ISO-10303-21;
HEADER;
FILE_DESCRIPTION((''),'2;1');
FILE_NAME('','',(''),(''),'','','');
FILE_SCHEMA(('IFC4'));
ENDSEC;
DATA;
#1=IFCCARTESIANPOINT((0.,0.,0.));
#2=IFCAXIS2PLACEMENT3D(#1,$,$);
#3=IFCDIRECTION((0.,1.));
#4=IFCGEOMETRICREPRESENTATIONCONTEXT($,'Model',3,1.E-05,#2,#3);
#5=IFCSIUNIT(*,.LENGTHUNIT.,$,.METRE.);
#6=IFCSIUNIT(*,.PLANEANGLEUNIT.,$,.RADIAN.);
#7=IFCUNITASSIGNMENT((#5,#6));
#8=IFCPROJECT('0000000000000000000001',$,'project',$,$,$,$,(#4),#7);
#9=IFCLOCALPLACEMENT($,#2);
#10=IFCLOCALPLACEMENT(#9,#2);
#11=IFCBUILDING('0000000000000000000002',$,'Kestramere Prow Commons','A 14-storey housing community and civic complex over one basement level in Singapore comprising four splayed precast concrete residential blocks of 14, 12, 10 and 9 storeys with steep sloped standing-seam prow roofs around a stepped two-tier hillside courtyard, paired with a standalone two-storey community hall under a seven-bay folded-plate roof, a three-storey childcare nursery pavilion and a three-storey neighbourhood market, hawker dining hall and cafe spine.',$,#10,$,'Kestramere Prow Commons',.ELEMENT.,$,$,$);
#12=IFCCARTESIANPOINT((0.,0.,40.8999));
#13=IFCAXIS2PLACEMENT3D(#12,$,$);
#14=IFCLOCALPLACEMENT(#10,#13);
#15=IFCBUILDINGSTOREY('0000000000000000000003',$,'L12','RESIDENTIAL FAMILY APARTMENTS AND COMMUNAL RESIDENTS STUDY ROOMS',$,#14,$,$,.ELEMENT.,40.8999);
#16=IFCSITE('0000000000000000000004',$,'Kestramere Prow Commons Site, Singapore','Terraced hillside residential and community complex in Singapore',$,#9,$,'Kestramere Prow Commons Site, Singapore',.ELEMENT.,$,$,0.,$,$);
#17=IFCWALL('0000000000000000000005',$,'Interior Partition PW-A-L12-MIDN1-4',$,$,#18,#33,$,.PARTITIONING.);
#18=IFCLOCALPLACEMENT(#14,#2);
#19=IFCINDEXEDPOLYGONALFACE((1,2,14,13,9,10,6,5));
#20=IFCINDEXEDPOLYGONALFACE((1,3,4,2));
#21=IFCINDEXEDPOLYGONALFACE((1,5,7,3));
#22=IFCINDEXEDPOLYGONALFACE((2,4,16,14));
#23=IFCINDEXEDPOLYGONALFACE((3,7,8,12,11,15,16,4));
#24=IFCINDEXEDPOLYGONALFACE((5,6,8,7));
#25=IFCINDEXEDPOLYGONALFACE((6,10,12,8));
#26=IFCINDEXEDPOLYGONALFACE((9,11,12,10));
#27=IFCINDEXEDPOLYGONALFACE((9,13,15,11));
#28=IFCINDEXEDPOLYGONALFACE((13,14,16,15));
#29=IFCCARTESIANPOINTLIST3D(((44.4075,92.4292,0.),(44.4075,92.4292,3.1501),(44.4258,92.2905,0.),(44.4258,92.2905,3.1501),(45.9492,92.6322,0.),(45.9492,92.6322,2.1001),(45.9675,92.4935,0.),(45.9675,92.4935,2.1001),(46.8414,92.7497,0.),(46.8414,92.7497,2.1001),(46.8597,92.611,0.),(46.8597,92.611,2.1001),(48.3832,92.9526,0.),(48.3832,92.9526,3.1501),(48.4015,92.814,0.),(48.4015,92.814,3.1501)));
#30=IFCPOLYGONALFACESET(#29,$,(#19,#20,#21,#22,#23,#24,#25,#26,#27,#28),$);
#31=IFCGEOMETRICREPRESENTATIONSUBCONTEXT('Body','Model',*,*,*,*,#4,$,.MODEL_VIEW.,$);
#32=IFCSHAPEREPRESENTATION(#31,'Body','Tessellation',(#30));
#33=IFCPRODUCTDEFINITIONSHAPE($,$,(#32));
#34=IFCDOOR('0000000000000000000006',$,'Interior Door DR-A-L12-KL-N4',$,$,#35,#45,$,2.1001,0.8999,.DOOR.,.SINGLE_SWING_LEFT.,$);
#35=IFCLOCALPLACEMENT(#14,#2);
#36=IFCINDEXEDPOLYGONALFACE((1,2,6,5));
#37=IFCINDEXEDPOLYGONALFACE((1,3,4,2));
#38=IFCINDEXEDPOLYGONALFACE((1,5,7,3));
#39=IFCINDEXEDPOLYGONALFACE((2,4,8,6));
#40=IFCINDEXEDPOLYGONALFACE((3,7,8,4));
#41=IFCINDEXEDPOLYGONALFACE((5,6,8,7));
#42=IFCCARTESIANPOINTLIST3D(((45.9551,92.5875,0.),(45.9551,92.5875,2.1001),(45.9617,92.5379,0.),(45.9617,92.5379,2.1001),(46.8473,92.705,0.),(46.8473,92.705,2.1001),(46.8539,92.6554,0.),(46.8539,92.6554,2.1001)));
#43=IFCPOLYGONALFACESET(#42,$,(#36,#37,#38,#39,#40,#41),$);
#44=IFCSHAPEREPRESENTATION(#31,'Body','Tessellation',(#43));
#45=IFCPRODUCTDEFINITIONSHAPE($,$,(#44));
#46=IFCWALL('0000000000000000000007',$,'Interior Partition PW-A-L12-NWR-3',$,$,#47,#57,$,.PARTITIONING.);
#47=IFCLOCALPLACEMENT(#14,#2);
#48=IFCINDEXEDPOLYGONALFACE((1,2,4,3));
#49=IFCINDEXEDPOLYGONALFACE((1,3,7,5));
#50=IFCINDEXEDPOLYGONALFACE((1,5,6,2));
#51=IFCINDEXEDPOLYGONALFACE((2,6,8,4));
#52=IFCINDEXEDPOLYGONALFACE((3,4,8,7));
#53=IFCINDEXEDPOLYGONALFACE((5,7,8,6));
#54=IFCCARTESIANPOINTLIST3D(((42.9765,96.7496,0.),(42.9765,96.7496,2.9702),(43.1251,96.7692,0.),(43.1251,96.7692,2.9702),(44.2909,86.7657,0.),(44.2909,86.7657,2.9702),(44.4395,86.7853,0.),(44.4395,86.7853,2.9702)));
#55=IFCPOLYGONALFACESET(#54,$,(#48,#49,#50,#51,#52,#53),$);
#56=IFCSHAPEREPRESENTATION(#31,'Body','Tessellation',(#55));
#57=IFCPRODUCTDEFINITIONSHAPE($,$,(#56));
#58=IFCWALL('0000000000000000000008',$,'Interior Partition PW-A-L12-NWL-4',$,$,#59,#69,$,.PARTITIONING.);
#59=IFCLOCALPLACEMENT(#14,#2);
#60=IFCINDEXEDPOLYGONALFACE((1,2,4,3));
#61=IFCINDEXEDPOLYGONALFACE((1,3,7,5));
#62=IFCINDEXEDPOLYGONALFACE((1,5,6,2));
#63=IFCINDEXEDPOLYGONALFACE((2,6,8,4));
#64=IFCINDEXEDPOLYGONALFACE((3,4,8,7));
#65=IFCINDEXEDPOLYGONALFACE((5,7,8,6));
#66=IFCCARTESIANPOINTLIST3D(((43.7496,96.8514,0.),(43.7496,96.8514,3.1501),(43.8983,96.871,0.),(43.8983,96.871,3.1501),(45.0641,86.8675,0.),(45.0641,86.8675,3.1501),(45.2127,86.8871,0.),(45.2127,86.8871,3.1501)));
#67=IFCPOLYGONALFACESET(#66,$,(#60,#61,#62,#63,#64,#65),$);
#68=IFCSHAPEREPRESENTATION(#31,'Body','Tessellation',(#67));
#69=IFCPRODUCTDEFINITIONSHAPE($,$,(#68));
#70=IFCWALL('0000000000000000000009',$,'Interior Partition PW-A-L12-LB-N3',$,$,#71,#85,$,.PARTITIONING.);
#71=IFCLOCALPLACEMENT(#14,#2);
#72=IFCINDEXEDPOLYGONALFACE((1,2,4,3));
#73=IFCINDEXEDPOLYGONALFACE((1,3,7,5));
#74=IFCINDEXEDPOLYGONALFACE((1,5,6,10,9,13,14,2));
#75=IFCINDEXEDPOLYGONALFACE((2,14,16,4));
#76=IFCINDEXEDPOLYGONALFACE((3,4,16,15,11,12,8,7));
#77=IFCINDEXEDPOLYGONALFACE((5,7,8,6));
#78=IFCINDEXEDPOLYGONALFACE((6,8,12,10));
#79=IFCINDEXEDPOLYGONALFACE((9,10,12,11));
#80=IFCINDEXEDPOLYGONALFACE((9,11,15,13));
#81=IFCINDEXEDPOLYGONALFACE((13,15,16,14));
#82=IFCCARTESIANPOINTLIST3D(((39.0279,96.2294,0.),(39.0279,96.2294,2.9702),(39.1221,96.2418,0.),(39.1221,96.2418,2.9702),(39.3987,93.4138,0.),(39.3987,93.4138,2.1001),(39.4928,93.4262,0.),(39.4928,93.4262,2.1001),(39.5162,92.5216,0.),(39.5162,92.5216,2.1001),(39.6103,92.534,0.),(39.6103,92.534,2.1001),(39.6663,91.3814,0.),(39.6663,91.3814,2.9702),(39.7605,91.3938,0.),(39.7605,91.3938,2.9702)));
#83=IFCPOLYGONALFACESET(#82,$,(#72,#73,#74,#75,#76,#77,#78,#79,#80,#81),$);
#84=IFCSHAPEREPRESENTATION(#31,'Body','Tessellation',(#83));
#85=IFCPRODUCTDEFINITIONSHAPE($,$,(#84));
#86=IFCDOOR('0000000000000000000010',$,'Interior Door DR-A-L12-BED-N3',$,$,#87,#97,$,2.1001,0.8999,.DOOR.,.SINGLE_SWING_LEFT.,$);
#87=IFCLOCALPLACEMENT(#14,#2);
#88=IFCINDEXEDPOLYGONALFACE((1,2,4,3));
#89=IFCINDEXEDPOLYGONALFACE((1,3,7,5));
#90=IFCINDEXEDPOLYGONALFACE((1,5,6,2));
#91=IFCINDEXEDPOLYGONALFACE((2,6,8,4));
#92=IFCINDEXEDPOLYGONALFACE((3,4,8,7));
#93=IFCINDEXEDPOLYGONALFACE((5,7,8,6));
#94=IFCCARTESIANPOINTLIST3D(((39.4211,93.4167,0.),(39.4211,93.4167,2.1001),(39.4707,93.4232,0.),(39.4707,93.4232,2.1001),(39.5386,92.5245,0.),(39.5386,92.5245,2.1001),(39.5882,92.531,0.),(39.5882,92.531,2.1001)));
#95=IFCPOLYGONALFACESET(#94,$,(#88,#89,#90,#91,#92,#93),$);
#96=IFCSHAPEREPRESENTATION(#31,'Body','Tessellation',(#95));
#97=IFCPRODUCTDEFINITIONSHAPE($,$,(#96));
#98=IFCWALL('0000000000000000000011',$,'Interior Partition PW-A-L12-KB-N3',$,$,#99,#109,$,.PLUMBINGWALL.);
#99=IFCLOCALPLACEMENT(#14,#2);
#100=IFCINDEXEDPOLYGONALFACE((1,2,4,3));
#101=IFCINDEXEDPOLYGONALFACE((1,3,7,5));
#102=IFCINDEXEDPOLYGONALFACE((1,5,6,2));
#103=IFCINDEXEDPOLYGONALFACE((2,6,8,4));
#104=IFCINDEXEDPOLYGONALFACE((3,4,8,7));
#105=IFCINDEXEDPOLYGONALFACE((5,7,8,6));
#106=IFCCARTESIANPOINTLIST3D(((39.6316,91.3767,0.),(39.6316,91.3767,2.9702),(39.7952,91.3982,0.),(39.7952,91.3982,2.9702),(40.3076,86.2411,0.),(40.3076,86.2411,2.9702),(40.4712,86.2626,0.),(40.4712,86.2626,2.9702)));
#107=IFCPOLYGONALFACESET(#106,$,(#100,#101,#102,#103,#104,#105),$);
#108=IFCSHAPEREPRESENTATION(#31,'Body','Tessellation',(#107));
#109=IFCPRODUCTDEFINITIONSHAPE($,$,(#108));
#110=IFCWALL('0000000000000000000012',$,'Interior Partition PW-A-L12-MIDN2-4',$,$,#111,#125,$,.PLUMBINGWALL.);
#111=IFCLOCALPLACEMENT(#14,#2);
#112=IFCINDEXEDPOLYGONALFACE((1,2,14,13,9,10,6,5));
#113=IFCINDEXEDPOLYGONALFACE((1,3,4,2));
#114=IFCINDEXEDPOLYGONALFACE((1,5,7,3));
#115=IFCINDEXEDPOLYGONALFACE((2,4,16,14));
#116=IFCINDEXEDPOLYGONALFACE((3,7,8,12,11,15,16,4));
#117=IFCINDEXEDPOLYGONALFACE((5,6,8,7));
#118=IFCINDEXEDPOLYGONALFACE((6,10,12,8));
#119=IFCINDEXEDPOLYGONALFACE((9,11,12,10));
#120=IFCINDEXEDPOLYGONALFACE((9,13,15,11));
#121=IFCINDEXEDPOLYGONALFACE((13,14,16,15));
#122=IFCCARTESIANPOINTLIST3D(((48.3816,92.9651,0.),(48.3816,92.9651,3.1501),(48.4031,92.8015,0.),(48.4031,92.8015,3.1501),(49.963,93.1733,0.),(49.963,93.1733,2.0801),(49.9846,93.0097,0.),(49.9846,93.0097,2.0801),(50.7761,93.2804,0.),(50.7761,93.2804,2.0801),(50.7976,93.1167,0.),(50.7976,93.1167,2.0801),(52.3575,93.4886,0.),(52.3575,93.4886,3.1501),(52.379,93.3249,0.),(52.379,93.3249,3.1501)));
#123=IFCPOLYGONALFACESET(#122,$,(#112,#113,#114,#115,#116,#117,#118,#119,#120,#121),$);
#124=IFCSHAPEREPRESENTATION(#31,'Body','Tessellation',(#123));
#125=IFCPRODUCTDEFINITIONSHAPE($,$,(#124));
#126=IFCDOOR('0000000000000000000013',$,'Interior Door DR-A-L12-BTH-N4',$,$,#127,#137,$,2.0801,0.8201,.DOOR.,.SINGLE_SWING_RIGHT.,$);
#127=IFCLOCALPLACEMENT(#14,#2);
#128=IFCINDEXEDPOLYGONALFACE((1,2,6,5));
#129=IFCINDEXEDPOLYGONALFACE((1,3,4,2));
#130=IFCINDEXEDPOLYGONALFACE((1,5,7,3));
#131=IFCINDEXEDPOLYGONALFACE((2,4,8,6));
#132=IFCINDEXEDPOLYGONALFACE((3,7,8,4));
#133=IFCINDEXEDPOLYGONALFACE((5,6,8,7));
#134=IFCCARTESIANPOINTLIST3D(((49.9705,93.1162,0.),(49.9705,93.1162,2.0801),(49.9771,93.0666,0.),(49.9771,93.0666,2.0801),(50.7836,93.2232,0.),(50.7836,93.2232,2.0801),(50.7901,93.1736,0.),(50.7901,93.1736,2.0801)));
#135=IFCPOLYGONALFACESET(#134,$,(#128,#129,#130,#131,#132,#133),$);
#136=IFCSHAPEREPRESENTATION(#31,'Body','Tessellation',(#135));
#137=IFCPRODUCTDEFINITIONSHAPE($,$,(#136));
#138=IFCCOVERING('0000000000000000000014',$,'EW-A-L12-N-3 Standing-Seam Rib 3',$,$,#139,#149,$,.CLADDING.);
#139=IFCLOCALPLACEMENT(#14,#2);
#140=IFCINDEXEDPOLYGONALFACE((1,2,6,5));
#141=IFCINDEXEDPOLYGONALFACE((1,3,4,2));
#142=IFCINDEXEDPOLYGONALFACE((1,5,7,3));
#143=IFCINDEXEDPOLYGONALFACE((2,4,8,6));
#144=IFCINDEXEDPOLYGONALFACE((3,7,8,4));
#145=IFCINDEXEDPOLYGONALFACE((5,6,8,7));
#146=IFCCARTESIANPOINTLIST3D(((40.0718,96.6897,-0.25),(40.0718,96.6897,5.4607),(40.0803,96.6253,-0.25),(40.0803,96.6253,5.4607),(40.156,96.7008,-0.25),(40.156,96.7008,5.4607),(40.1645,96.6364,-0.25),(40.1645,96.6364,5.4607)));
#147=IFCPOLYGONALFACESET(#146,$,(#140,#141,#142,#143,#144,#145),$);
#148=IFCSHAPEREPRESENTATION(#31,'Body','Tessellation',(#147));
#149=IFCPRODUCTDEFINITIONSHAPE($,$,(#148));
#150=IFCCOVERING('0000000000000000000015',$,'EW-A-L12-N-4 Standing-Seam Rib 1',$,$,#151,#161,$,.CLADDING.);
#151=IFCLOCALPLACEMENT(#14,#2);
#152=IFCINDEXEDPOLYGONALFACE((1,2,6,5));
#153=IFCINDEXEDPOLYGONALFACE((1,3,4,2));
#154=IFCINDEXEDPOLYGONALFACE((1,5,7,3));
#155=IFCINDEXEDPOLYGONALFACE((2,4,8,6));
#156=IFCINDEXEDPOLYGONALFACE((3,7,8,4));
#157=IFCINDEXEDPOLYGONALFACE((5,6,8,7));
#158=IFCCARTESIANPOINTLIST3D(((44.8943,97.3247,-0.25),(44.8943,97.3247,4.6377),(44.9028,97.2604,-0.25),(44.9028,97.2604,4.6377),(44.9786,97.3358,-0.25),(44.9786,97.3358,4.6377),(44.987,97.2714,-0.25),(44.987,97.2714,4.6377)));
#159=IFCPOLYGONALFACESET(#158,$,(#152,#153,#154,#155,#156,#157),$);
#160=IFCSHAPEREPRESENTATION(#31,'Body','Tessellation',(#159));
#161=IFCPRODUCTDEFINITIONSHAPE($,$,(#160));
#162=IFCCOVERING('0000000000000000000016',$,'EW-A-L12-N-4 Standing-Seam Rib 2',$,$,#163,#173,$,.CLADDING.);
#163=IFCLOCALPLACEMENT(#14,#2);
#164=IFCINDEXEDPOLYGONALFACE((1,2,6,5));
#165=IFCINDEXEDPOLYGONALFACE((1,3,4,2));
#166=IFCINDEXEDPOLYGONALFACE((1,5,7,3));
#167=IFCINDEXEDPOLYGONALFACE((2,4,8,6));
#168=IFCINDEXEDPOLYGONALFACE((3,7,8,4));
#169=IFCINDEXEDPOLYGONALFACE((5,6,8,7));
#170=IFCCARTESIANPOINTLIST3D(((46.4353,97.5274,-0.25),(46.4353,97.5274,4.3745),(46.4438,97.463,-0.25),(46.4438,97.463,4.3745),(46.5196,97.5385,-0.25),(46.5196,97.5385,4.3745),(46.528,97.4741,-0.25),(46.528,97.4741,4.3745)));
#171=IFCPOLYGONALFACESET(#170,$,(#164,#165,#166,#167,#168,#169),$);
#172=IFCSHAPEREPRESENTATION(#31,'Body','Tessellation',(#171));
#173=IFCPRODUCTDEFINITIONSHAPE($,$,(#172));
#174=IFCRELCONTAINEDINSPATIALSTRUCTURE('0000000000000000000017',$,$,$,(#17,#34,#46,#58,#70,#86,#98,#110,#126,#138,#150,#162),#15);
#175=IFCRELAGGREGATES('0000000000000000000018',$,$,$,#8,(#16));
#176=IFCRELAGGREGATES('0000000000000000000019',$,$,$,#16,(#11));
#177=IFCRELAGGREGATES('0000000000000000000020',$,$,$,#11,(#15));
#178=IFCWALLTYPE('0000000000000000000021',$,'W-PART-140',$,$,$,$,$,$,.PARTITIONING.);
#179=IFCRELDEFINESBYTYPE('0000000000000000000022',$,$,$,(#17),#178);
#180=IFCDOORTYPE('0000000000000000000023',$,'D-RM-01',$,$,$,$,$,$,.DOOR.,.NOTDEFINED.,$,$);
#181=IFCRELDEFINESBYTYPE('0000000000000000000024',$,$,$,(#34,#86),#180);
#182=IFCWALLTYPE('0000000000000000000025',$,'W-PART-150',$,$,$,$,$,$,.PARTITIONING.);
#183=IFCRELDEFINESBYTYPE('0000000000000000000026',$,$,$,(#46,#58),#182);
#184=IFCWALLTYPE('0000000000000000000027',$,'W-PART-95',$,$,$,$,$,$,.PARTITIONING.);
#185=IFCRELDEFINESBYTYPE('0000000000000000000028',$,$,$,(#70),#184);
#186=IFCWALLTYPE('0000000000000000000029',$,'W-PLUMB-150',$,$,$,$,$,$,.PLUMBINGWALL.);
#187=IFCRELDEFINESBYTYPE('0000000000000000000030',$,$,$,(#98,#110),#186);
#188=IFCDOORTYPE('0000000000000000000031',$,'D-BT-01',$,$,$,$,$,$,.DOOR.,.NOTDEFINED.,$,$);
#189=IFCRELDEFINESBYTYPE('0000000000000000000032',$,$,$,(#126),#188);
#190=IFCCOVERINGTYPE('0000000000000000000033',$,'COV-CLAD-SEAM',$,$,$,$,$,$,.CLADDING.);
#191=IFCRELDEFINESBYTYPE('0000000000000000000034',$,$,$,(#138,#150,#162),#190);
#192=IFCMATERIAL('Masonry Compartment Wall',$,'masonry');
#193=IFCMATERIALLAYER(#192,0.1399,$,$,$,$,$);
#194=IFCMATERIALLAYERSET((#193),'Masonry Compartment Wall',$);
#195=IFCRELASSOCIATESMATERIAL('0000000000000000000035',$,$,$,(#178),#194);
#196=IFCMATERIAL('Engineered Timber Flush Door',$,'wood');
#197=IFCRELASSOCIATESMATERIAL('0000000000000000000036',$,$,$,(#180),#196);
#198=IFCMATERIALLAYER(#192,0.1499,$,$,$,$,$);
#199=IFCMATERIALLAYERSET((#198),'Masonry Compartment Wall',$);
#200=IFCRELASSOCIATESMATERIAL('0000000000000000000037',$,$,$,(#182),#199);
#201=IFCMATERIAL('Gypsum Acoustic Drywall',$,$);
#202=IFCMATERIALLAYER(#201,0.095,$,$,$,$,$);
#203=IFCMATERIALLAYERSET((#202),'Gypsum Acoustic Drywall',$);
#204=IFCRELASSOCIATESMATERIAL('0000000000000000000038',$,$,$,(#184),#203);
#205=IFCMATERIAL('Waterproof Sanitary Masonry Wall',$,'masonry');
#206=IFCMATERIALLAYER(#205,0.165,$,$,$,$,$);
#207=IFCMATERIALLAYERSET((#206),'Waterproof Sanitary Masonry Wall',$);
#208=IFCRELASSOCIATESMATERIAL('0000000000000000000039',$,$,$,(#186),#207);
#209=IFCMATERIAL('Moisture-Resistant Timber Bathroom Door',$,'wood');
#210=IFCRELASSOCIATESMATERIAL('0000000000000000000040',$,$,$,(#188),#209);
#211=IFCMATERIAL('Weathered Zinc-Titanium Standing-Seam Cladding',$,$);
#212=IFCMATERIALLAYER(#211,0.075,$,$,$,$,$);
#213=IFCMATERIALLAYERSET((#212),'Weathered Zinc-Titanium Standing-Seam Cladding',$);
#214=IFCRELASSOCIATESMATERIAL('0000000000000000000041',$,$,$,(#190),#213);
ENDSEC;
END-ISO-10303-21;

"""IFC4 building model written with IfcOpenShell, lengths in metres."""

from ifc_helpers import new_model, si_unit, direction, frame, frame_2d, origin, origin_2d, place, context, subcontext, project, spatial, rectangle, extrude, material, layer, layer_set, type_object, element, fill, save


model = new_model("IFC4")

# Units and contexts
model_context = context("Model", 3, precision=1e-05, world=origin(), true_north=direction((0.0, 1.0)))
body_context = subcontext(model_context, "Body", "Model", "MODEL_VIEW")
ifc_project = project(units=[si_unit("LENGTHUNIT", "METRE"), si_unit("PLANEANGLEUNIT", "RADIAN")], contexts=[model_context])

# Site, building, storey
site_placement = place(None, origin())
site = spatial("IfcSite", under=ifc_project, at=site_placement, Name="Kestramere Prow Commons Site, Singapore", Description="Terraced hillside residential and community complex in Singapore", LongName="Kestramere Prow Commons Site, Singapore", CompositionType="ELEMENT", RefElevation=0.0)
building_placement = place(site_placement, origin())
building = spatial("IfcBuilding", under=site, at=building_placement, Name="Kestramere Prow Commons", Description="A 14-storey housing community and civic complex over one basement level in Singapore comprising four splayed precast concrete residential blocks of 14, 12, 10 and 9 storeys with steep sloped standing-seam prow roofs around a stepped two-tier hillside courtyard, paired with a standalone two-storey community hall under a seven-bay folded-plate roof, a three-storey childcare nursery pavilion and a three-storey neighbourhood market, hawker dining hall and cafe spine.", LongName="Kestramere Prow Commons", CompositionType="ELEMENT")
storey_placement = place(building_placement, frame((0.0, 0.0, 40.8999)))
storey = spatial("IfcBuildingStorey", under=building, at=storey_placement, Name="L12", Description="RESIDENTIAL FAMILY APARTMENTS AND COMMUNAL RESIDENTS STUDY ROOMS", CompositionType="ELEMENT", Elevation=40.8999)

# Wall, opening, door
ifc_material_1 = material(Name="Masonry Compartment Wall", Category="masonry")
ifc_layer_1 = layer(ifc_material_1, 0.1399)
ifc_layer_set_1 = layer_set([ifc_layer_1], Name="Masonry Compartment Wall")
wall_type_1 = type_object("IfcWallType", Name="W-PART-140", PredefinedType="PARTITIONING", material=ifc_layer_set_1)
wall_1_placement = place(storey_placement, frame((44.4167, 92.3599, 0.0), z_axis=(0.0, 0.0, 1.0), x_axis=(0.991444, 0.130536, 0.0)))
wall_1 = element("IfcWall", 1, at=wall_1_placement, inside=storey, type_object=wall_type_1, Name="Interior Partition PW-A-L12-MIDN1-4", PredefinedType="PARTITIONING", context=body_context, shape_type="SweptSolid", body=[
    extrude(rectangle(XDim=4.01, YDim=0.1399, at=frame_2d((2.0049, 0.0))), origin(), (0.0, 0.0, 1.0), 3.1501),
])
opening_1_placement = place(wall_1_placement, frame((1.5549, 0.0, 0.0)))
opening_1 = element("IfcOpeningElement", 2, at=opening_1_placement, cuts=wall_1, PredefinedType="OPENING", context=body_context, shape_type="SweptSolid", body=[
    extrude(rectangle(XDim=0.8999, YDim=2.1001, at=frame_2d((0.45, 1.05))), frame((0.0, 0.085, 0.0), z_axis=(0.0, -1.0, 0.0), x_axis=(1.0, 0.0, 0.0)), (0.0, 0.0, 1.0), 0.1699),
])
ifc_material_2 = material(Name="Engineered Timber Flush Door", Category="wood")
door_type_1 = type_object("IfcDoorType", Name="D-RM-01", OperationType="NOTDEFINED", PredefinedType="DOOR", material=ifc_material_2)
door_1_placement = place(opening_1_placement, origin())
door_1 = element("IfcDoor", 3, at=door_1_placement, inside=storey, type_object=door_type_1, Name="Interior Door DR-A-L12-KL-N4", OperationType="SINGLE_SWING_LEFT", OverallHeight=2.1001, OverallWidth=0.8999, PredefinedType="DOOR", context=body_context, shape_type="SweptSolid", body=[
    extrude(rectangle(XDim=0.8999, YDim=2.1001, at=frame_2d((0.45, 1.05))), frame((0.0, 0.0249, 0.0), z_axis=(0.0, -1.0, 0.0), x_axis=(1.0, 0.0, 0.0)), (0.0, 0.0, 1.0), 0.05),
])
fill(opening_1, door_1)

# Walls
ifc_layer_2 = layer(ifc_material_1, 0.1499)
ifc_layer_set_2 = layer_set([ifc_layer_2], Name="Masonry Compartment Wall")
wall_type_2 = type_object("IfcWallType", Name="W-PART-150", PredefinedType="PARTITIONING", material=ifc_layer_set_2)
wall_2_placement = place(storey_placement, frame((44.3652, 86.7754, 0.0), z_axis=(0.0, 0.0, 1.0), x_axis=(-0.130531, 0.991444, 0.0)))
element("IfcWall", 4, at=wall_2_placement, inside=storey, type_object=wall_type_2, Name="Interior Partition PW-A-L12-NWR-3", PredefinedType="PARTITIONING", context=body_context, shape_type="SweptSolid", body=[
    extrude(rectangle(XDim=10.0701, YDim=0.1499, at=frame_2d((5.0352, 0.0))), origin(), (0.0, 0.0, 1.0), 2.9702),
])
wall_3_placement = place(storey_placement, frame((45.1384, 86.8772, 0.0), z_axis=(0.0, 0.0, 1.0), x_axis=(-0.130531, 0.991444, 0.0)))
element("IfcWall", 5, at=wall_3_placement, inside=storey, type_object=wall_type_2, Name="Interior Partition PW-A-L12-NWL-4", PredefinedType="PARTITIONING", context=body_context, shape_type="SweptSolid", body=[
    extrude(rectangle(XDim=10.0701, YDim=0.1499, at=frame_2d((5.0352, 0.0))), origin(), (0.0, 0.0, 1.0), 3.1501),
])

# Wall, opening, door
ifc_material_3 = material(Name="Gypsum Acoustic Drywall")
ifc_layer_3 = layer(ifc_material_3, 0.095)
ifc_layer_set_3 = layer_set([ifc_layer_3], Name="Gypsum Acoustic Drywall")
wall_type_3 = type_object("IfcWallType", Name="W-PART-95", PredefinedType="PARTITIONING", material=ifc_layer_set_3)
wall_4_placement = place(storey_placement, frame((39.7134, 91.3877, 0.0), z_axis=(0.0, 0.0, 1.0), x_axis=(-0.130558, 0.991441, 0.0)))
wall_4 = element("IfcWall", 6, at=wall_4_placement, inside=storey, type_object=wall_type_3, Name="Interior Partition PW-A-L12-LB-N3", PredefinedType="PARTITIONING", context=body_context, shape_type="SweptSolid", body=[
    extrude(rectangle(XDim=4.8899, YDim=0.095, at=frame_2d((2.4448, 0.0))), origin(), (0.0, 0.0, 1.0), 2.9702),
])
opening_2_placement = place(wall_4_placement, frame((1.1499, 0.0, 0.0)))
opening_2 = element("IfcOpeningElement", 7, at=opening_2_placement, cuts=wall_4, PredefinedType="OPENING", context=body_context, shape_type="SweptSolid", body=[
    extrude(rectangle(XDim=0.8999, YDim=2.1001, at=frame_2d((0.45, 1.05))), frame((0.0, 0.0625, 0.0), z_axis=(0.0, -1.0, 0.0), x_axis=(1.0, 0.0, 0.0)), (0.0, 0.0, 1.0), 0.125),
])
door_2_placement = place(opening_2_placement, origin())
door_2 = element("IfcDoor", 8, at=door_2_placement, inside=storey, type_object=door_type_1, Name="Interior Door DR-A-L12-BED-N3", OperationType="SINGLE_SWING_LEFT", OverallHeight=2.1001, OverallWidth=0.8999, PredefinedType="DOOR", context=body_context, shape_type="SweptSolid", body=[
    extrude(rectangle(XDim=0.8999, YDim=2.1001, at=frame_2d((0.45, 1.05))), frame((0.0, 0.0249, 0.0), z_axis=(0.0, -1.0, 0.0), x_axis=(1.0, 0.0, 0.0)), (0.0, 0.0, 1.0), 0.05),
])
fill(opening_2, door_2)

# Wall
ifc_material_4 = material(Name="Waterproof Sanitary Masonry Wall", Category="masonry")
ifc_layer_4 = layer(ifc_material_4, 0.165)
ifc_layer_set_4 = layer_set([ifc_layer_4], Name="Waterproof Sanitary Masonry Wall")
wall_type_4 = type_object("IfcWallType", Name="W-PLUMB-150", PredefinedType="PLUMBINGWALL", material=ifc_layer_set_4)
wall_5_placement = place(storey_placement, frame((40.3894, 86.252, 0.0), z_axis=(0.0, 0.0, 1.0), x_axis=(-0.130506, 0.991448, 0.0)))
element("IfcWall", 9, at=wall_5_placement, inside=storey, type_object=wall_type_4, Name="Interior Partition PW-A-L12-KB-N3", PredefinedType="PLUMBINGWALL", context=body_context, shape_type="SweptSolid", body=[
    extrude(rectangle(XDim=5.1799, YDim=0.165, at=frame_2d((2.5898, 0.0))), origin(), (0.0, 0.0, 1.0), 2.9702),
])

# Wall, opening, door
wall_6_placement = place(storey_placement, frame((48.3923, 92.8833, 0.0), z_axis=(0.0, 0.0, 1.0), x_axis=(0.991445, 0.130529, 0.0)))
wall_6 = element("IfcWall", 10, at=wall_6_placement, inside=storey, type_object=wall_type_4, Name="Interior Partition PW-A-L12-MIDN2-4", PredefinedType="PLUMBINGWALL", context=body_context, shape_type="SweptSolid", body=[
    extrude(rectangle(XDim=4.0103, YDim=0.165, at=frame_2d((2.0051, 0.0))), origin(), (0.0, 0.0, 1.0), 3.1501),
])
opening_3_placement = place(wall_6_placement, frame((1.595, 0.0, 0.0)))
opening_3 = element("IfcOpeningElement", 11, at=opening_3_placement, cuts=wall_6, PredefinedType="OPENING", context=body_context, shape_type="SweptSolid", body=[
    extrude(rectangle(XDim=0.8201, YDim=2.0801, at=frame_2d((0.4102, 1.04))), frame((0.0, 0.0974, 0.0), z_axis=(0.0, -1.0, 0.0), x_axis=(1.0, 0.0, 0.0)), (0.0, 0.0, 1.0), 0.1951),
])
ifc_material_5 = material(Name="Moisture-Resistant Timber Bathroom Door", Category="wood")
door_type_2 = type_object("IfcDoorType", Name="D-BT-01", OperationType="NOTDEFINED", PredefinedType="DOOR", material=ifc_material_5)
door_3_placement = place(opening_3_placement, origin())
door_3 = element("IfcDoor", 12, at=door_3_placement, inside=storey, type_object=door_type_2, Name="Interior Door DR-A-L12-BTH-N4", OperationType="SINGLE_SWING_RIGHT", OverallHeight=2.0801, OverallWidth=0.8201, PredefinedType="DOOR", context=body_context, shape_type="SweptSolid", body=[
    extrude(rectangle(XDim=0.8201, YDim=2.0801, at=frame_2d((0.4102, 1.04))), frame((0.0, 0.0249, 0.0), z_axis=(0.0, -1.0, 0.0), x_axis=(1.0, 0.0, 0.0)), (0.0, 0.0, 1.0), 0.05),
])
fill(opening_3, door_3)

# Coverings
ifc_material_6 = material(Name="Weathered Zinc-Titanium Standing-Seam Cladding")
ifc_layer_5 = layer(ifc_material_6, 0.075)
ifc_layer_set_5 = layer_set([ifc_layer_5], Name="Weathered Zinc-Titanium Standing-Seam Cladding")
covering_type = type_object("IfcCoveringType", Name="COV-CLAD-SEAM", PredefinedType="CLADDING", material=ifc_layer_set_5)
covering_1_placement = place(storey_placement, frame((40.1182, 96.6631, -0.25), z_axis=(0.0, 0.0, 1.0), x_axis=(0.991445, 0.130526, 0.0)))
element("IfcCovering", 13, at=covering_1_placement, inside=storey, type_object=covering_type, Name="EW-A-L12-N-3 Standing-Seam Rib 3", PredefinedType="CLADDING", context=body_context, shape_type="SweptSolid", body=[
    extrude(rectangle(XDim=0.085, YDim=0.0649, at=origin_2d()), origin(), (0.0, 0.0, 1.0), 5.7107),
])
covering_2_placement = place(storey_placement, frame((44.9407, 97.2981, -0.25), z_axis=(0.0, 0.0, 1.0), x_axis=(0.991445, 0.130526, 0.0)))
element("IfcCovering", 14, at=covering_2_placement, inside=storey, type_object=covering_type, Name="EW-A-L12-N-4 Standing-Seam Rib 1", PredefinedType="CLADDING", context=body_context, shape_type="SweptSolid", body=[
    extrude(rectangle(XDim=0.085, YDim=0.0649, at=origin_2d()), origin(), (0.0, 0.0, 1.0), 4.8877),
])
covering_3_placement = place(storey_placement, frame((46.4817, 97.5007, -0.25), z_axis=(0.0, 0.0, 1.0), x_axis=(0.991445, 0.130526, 0.0)))
element("IfcCovering", 15, at=covering_3_placement, inside=storey, type_object=covering_type, Name="EW-A-L12-N-4 Standing-Seam Rib 2", PredefinedType="CLADDING", context=body_context, shape_type="SweptSolid", body=[
    extrude(rectangle(XDim=0.085, YDim=0.0649, at=origin_2d()), origin(), (0.0, 0.0, 1.0), 4.6245),
])

save(model, "model.ifc")
